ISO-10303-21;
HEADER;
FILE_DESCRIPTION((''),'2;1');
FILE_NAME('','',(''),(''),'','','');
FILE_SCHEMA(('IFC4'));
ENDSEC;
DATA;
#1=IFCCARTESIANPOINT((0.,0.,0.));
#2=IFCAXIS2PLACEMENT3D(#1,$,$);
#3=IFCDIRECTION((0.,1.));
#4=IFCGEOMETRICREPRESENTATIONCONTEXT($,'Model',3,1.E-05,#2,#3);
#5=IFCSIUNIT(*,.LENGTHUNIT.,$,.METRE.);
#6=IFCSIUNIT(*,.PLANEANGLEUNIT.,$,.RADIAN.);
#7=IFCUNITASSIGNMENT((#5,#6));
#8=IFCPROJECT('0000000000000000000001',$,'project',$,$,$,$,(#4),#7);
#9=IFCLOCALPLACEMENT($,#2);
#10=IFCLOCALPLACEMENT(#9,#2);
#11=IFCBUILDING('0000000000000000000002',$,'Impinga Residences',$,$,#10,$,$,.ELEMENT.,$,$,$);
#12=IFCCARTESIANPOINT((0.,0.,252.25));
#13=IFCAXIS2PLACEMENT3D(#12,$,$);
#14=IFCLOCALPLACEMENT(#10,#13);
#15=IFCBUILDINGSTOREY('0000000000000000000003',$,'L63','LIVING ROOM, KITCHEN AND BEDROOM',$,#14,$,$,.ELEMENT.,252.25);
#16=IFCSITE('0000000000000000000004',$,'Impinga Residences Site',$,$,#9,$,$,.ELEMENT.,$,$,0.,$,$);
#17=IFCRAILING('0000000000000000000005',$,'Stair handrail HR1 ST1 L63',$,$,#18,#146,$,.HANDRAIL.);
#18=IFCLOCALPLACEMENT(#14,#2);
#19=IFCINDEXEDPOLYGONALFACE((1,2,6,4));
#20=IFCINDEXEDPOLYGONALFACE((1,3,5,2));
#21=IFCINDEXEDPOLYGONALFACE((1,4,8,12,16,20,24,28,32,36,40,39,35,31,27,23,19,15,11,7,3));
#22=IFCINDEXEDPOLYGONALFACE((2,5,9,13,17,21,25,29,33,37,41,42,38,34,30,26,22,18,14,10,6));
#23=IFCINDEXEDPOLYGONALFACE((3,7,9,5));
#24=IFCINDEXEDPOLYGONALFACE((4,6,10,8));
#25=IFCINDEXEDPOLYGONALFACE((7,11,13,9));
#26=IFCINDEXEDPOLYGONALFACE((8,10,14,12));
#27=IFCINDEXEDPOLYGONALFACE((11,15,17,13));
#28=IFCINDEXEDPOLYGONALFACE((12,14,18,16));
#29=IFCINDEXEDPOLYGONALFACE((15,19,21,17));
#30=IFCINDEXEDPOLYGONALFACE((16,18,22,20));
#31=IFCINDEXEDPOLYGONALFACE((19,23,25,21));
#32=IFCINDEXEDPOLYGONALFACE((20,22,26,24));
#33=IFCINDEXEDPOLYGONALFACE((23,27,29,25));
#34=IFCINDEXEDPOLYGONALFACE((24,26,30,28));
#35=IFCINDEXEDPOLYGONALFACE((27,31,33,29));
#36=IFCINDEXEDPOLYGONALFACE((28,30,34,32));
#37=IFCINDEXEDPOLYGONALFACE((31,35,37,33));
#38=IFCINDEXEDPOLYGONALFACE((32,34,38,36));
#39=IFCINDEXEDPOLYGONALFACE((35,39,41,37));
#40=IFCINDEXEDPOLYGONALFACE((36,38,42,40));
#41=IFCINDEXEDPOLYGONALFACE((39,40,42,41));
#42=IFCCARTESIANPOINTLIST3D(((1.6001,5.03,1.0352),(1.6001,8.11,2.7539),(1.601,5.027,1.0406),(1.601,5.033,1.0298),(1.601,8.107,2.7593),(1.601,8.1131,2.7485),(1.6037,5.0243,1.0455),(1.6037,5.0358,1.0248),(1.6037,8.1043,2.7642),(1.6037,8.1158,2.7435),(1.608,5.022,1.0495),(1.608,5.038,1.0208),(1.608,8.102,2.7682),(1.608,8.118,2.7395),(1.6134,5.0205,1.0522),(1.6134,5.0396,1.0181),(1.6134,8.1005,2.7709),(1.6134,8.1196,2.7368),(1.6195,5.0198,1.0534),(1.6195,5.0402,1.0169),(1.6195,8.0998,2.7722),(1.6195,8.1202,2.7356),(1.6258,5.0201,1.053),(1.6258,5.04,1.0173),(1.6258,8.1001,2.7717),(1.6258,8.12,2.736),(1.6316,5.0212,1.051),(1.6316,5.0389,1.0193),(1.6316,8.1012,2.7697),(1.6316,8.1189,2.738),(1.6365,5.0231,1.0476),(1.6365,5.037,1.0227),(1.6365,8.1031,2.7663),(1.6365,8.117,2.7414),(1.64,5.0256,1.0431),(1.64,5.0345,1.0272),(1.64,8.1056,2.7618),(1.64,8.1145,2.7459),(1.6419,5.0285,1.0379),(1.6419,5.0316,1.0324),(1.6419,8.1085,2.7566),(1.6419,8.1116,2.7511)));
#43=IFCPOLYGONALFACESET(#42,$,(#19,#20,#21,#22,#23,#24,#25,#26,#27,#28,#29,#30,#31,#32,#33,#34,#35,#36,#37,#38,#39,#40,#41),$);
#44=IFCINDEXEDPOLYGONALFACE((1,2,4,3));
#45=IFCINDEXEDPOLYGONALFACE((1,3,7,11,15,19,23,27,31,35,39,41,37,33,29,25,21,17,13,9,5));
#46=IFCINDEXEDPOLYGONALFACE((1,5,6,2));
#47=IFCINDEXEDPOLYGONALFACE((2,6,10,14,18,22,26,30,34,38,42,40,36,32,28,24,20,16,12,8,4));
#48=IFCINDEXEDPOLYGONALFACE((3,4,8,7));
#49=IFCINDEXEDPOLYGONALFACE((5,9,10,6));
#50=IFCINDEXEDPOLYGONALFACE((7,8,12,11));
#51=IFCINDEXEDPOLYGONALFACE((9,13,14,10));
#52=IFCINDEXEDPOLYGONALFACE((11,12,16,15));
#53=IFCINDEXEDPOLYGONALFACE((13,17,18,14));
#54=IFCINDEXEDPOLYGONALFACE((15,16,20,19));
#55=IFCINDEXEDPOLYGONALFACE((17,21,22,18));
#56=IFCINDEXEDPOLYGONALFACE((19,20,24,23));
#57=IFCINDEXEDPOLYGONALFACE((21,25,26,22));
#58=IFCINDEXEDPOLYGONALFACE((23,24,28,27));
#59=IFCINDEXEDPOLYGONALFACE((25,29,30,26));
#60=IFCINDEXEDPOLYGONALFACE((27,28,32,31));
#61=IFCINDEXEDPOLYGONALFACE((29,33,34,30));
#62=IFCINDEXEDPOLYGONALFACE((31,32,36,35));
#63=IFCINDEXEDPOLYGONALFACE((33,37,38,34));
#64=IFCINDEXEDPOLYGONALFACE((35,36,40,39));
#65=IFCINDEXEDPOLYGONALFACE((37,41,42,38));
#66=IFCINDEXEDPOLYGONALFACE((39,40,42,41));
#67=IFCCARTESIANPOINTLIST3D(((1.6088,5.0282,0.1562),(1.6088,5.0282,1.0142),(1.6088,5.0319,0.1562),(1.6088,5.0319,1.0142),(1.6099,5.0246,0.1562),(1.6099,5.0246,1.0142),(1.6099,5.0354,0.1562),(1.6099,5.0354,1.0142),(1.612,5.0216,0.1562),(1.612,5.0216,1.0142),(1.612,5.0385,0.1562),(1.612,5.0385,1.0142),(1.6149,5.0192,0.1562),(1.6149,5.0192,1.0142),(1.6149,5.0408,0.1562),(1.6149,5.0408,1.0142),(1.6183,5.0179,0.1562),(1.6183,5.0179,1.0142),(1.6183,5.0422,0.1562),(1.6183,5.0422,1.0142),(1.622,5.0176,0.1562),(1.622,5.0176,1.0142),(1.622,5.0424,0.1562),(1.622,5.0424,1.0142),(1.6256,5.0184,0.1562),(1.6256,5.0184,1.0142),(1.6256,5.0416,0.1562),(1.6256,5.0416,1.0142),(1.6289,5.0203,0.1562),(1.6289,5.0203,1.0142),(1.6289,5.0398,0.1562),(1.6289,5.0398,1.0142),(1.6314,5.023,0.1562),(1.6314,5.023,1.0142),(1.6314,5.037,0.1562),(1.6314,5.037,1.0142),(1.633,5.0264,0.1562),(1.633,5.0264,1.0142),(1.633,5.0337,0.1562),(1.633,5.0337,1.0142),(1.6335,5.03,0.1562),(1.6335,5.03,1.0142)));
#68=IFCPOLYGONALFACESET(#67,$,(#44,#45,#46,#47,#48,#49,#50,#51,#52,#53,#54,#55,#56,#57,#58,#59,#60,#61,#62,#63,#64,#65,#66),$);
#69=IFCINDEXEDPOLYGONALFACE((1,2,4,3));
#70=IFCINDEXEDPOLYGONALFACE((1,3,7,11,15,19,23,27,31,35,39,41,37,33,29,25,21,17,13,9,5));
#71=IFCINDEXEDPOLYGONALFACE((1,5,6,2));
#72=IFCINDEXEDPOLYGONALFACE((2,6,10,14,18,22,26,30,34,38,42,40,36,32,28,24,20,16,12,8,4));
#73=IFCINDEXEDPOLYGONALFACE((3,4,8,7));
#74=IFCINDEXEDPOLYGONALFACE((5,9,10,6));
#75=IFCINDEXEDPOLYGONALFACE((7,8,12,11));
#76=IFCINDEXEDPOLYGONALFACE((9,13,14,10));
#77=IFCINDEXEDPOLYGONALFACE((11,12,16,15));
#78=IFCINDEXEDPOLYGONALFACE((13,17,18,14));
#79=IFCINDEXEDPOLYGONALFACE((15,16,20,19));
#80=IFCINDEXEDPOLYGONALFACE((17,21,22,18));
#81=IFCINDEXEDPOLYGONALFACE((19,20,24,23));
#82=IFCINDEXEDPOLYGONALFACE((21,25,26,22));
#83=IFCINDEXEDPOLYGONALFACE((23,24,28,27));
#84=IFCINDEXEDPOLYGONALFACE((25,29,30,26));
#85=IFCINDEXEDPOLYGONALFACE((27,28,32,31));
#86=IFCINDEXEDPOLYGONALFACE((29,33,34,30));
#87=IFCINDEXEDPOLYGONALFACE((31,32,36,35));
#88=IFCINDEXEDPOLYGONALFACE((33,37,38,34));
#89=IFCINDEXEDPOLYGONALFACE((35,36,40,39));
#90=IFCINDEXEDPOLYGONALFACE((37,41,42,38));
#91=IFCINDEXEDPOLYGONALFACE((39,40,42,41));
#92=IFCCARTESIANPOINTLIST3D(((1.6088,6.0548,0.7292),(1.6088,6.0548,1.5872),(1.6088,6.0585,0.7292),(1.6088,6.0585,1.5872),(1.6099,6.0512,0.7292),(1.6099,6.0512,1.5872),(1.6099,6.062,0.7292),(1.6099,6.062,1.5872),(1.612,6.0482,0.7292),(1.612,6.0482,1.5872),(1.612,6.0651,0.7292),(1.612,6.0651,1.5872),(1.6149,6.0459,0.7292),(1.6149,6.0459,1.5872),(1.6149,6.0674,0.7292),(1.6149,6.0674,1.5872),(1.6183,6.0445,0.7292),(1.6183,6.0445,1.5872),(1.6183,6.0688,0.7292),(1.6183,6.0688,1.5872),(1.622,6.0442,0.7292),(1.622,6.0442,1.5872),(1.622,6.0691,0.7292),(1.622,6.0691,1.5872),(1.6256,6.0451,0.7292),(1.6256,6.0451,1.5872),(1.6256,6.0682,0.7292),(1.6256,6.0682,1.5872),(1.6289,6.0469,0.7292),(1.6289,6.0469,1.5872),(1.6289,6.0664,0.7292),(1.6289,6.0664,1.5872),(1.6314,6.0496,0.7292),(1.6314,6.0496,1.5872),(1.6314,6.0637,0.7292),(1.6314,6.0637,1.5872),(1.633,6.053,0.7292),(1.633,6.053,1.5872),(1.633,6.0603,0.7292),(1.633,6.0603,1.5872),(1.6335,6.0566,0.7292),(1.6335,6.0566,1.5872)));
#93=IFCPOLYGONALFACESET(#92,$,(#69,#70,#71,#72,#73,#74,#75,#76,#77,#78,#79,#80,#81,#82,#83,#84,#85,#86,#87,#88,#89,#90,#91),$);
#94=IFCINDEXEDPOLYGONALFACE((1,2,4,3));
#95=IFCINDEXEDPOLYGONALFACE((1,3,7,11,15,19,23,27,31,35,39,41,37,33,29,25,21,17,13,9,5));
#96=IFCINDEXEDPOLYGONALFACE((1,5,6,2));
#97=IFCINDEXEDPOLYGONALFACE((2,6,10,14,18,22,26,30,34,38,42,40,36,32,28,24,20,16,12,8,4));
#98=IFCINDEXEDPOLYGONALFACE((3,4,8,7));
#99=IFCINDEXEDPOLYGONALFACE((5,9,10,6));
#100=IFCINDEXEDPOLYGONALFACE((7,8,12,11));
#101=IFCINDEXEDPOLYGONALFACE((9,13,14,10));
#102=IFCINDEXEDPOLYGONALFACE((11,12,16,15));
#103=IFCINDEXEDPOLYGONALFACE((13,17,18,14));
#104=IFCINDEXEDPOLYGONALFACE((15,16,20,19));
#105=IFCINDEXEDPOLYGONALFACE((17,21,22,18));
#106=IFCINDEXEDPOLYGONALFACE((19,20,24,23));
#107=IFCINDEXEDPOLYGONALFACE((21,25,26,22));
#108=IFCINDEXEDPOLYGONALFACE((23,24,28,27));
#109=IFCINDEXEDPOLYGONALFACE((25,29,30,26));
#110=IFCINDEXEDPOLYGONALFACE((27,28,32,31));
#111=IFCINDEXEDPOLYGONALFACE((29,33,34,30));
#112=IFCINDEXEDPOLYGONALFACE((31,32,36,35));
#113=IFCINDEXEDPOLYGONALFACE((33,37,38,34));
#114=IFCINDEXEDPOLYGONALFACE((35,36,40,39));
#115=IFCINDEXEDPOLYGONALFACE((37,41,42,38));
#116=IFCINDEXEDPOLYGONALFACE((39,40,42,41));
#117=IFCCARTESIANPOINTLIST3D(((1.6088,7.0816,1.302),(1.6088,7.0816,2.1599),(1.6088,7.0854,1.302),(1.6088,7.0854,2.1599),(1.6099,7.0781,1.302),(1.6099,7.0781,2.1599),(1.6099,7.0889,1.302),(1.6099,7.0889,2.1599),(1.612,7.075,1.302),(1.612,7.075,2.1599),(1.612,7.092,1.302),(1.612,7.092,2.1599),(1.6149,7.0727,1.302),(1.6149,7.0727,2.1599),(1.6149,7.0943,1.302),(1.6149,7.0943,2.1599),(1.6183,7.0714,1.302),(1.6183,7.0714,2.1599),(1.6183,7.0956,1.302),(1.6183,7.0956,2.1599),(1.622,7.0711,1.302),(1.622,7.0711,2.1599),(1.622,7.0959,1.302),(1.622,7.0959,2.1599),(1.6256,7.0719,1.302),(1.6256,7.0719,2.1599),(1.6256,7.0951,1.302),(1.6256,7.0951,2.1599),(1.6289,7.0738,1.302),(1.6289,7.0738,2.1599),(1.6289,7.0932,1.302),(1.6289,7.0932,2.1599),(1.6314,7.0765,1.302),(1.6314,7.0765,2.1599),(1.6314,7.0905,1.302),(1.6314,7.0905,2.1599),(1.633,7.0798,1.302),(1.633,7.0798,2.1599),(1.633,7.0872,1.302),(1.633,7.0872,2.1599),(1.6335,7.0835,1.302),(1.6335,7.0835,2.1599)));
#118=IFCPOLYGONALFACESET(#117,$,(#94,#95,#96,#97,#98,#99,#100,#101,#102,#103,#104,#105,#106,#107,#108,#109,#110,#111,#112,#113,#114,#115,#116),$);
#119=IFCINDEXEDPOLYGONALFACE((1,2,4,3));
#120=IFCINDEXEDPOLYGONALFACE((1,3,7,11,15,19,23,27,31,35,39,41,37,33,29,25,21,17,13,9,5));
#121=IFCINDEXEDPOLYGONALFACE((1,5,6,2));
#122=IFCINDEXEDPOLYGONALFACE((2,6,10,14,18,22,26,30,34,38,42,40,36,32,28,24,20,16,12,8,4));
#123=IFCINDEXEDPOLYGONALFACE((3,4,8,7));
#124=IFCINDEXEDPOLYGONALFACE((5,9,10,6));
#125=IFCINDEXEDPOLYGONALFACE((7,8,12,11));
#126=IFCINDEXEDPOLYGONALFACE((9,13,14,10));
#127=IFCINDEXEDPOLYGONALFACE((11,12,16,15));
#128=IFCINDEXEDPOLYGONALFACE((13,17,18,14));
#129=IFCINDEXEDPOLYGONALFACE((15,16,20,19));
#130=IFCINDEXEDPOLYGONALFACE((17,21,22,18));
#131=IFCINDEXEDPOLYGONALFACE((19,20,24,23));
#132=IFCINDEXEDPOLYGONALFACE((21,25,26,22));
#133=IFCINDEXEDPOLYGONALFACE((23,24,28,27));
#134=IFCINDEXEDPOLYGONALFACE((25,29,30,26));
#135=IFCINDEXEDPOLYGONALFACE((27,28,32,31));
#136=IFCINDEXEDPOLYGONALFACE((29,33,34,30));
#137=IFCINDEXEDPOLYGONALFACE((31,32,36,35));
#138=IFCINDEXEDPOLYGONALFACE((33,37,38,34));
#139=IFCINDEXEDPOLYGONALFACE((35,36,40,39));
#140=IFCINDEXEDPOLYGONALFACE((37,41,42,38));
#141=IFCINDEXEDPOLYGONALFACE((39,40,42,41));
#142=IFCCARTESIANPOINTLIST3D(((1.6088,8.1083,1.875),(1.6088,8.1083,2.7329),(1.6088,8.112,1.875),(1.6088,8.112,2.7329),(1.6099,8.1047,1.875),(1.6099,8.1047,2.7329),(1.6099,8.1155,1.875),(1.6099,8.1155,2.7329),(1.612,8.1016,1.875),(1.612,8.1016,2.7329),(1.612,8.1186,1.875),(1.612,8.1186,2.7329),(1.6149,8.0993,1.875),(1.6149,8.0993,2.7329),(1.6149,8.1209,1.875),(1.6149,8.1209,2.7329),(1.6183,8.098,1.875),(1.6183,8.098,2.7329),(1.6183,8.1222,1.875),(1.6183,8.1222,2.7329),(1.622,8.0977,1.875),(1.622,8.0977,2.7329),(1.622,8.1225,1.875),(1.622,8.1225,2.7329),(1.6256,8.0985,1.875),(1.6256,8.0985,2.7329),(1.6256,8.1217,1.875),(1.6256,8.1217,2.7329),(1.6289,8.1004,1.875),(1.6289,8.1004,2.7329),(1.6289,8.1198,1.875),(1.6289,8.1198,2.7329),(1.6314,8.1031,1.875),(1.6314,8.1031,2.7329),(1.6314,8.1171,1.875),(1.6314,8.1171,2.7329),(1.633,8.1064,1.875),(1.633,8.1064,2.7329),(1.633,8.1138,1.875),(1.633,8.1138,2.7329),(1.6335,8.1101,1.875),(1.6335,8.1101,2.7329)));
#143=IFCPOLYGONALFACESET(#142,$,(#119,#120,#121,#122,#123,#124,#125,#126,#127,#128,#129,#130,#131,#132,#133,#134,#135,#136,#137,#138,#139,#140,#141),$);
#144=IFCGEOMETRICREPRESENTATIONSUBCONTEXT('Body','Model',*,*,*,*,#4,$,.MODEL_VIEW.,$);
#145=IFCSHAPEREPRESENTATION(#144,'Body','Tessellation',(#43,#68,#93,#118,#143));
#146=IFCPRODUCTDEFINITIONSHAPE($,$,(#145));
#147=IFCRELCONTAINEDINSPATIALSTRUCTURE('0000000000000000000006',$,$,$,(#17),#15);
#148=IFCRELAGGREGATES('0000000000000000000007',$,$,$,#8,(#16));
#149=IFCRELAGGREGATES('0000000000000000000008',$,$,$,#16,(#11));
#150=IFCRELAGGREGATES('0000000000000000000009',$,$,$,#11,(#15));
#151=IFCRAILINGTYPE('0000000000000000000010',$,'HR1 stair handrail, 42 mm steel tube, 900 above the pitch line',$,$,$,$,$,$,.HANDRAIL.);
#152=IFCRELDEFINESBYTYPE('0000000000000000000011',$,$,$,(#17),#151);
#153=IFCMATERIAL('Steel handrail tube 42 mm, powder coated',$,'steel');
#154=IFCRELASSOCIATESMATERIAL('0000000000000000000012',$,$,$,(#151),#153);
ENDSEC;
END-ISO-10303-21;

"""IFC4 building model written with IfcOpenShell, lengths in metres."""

from ifc_helpers import new_model, si_unit, direction, frame, origin, origin_2d, place, context, subcontext, project, spatial, circle, extrude, material, type_object, element, save


model = new_model("IFC4")

# Units and contexts
model_context = context("Model", 3, precision=1e-05, world=origin(), true_north=direction((0.0, 1.0)))
body_context = subcontext(model_context, "Body", "Model", "MODEL_VIEW")
ifc_project = project(units=[si_unit("LENGTHUNIT", "METRE"), si_unit("PLANEANGLEUNIT", "RADIAN")], contexts=[model_context])

# Site, building, storey
site_placement = place(None, origin())
site = spatial("IfcSite", under=ifc_project, at=site_placement, Name="Impinga Residences Site", CompositionType="ELEMENT", RefElevation=0.0)
building_placement = place(site_placement, origin())
building = spatial("IfcBuilding", under=site, at=building_placement, Name="Impinga Residences", CompositionType="ELEMENT")
storey_placement = place(building_placement, frame((0.0, 0.0, 252.25)))
storey = spatial("IfcBuildingStorey", under=building, at=storey_placement, Name="L63", Description="LIVING ROOM, KITCHEN AND BEDROOM", CompositionType="ELEMENT", Elevation=252.25)

# Railing
ifc_material_1 = material(Name="Steel handrail tube 42 mm, powder coated", Category="steel")
railing_type_1 = type_object("IfcRailingType", Name="HR1 stair handrail, 42 mm steel tube, 900 above the pitch line", PredefinedType="HANDRAIL", material=ifc_material_1)
railing_1_placement = place(storey_placement, frame((1.6211, 5.03, 0.1562)))
element("IfcRailing", 1, at=railing_1_placement, inside=storey, type_object=railing_type_1, Name="Stair handrail HR1 ST1 L63", PredefinedType="HANDRAIL", context=body_context, shape_type="SweptSolid", body=[
    extrude(circle(Radius=0.021, at=origin_2d()), frame((0.0, 0.0, 0.8789), z_axis=(0.0, 0.873242, 0.487288), x_axis=(-1.0, 0.0, 0.0)), (0.0, 0.0, 1.0), 3.5271),
    extrude(circle(Radius=0.0125, at=origin_2d()), origin(), (0.0, 0.0, 1.0), 0.8579),
    extrude(circle(Radius=0.0125, at=origin_2d()), frame((0.0, 1.0266, 0.573)), (0.0, 0.0, 1.0), 0.8579),
    extrude(circle(Radius=0.0125, at=origin_2d()), frame((0.0, 2.0535, 1.1458)), (0.0, 0.0, 1.0), 0.8579),
    extrude(circle(Radius=0.0125, at=origin_2d()), frame((0.0, 3.0801, 1.7188)), (0.0, 0.0, 1.0), 0.8579),
])

save(model, "model.ifc")
